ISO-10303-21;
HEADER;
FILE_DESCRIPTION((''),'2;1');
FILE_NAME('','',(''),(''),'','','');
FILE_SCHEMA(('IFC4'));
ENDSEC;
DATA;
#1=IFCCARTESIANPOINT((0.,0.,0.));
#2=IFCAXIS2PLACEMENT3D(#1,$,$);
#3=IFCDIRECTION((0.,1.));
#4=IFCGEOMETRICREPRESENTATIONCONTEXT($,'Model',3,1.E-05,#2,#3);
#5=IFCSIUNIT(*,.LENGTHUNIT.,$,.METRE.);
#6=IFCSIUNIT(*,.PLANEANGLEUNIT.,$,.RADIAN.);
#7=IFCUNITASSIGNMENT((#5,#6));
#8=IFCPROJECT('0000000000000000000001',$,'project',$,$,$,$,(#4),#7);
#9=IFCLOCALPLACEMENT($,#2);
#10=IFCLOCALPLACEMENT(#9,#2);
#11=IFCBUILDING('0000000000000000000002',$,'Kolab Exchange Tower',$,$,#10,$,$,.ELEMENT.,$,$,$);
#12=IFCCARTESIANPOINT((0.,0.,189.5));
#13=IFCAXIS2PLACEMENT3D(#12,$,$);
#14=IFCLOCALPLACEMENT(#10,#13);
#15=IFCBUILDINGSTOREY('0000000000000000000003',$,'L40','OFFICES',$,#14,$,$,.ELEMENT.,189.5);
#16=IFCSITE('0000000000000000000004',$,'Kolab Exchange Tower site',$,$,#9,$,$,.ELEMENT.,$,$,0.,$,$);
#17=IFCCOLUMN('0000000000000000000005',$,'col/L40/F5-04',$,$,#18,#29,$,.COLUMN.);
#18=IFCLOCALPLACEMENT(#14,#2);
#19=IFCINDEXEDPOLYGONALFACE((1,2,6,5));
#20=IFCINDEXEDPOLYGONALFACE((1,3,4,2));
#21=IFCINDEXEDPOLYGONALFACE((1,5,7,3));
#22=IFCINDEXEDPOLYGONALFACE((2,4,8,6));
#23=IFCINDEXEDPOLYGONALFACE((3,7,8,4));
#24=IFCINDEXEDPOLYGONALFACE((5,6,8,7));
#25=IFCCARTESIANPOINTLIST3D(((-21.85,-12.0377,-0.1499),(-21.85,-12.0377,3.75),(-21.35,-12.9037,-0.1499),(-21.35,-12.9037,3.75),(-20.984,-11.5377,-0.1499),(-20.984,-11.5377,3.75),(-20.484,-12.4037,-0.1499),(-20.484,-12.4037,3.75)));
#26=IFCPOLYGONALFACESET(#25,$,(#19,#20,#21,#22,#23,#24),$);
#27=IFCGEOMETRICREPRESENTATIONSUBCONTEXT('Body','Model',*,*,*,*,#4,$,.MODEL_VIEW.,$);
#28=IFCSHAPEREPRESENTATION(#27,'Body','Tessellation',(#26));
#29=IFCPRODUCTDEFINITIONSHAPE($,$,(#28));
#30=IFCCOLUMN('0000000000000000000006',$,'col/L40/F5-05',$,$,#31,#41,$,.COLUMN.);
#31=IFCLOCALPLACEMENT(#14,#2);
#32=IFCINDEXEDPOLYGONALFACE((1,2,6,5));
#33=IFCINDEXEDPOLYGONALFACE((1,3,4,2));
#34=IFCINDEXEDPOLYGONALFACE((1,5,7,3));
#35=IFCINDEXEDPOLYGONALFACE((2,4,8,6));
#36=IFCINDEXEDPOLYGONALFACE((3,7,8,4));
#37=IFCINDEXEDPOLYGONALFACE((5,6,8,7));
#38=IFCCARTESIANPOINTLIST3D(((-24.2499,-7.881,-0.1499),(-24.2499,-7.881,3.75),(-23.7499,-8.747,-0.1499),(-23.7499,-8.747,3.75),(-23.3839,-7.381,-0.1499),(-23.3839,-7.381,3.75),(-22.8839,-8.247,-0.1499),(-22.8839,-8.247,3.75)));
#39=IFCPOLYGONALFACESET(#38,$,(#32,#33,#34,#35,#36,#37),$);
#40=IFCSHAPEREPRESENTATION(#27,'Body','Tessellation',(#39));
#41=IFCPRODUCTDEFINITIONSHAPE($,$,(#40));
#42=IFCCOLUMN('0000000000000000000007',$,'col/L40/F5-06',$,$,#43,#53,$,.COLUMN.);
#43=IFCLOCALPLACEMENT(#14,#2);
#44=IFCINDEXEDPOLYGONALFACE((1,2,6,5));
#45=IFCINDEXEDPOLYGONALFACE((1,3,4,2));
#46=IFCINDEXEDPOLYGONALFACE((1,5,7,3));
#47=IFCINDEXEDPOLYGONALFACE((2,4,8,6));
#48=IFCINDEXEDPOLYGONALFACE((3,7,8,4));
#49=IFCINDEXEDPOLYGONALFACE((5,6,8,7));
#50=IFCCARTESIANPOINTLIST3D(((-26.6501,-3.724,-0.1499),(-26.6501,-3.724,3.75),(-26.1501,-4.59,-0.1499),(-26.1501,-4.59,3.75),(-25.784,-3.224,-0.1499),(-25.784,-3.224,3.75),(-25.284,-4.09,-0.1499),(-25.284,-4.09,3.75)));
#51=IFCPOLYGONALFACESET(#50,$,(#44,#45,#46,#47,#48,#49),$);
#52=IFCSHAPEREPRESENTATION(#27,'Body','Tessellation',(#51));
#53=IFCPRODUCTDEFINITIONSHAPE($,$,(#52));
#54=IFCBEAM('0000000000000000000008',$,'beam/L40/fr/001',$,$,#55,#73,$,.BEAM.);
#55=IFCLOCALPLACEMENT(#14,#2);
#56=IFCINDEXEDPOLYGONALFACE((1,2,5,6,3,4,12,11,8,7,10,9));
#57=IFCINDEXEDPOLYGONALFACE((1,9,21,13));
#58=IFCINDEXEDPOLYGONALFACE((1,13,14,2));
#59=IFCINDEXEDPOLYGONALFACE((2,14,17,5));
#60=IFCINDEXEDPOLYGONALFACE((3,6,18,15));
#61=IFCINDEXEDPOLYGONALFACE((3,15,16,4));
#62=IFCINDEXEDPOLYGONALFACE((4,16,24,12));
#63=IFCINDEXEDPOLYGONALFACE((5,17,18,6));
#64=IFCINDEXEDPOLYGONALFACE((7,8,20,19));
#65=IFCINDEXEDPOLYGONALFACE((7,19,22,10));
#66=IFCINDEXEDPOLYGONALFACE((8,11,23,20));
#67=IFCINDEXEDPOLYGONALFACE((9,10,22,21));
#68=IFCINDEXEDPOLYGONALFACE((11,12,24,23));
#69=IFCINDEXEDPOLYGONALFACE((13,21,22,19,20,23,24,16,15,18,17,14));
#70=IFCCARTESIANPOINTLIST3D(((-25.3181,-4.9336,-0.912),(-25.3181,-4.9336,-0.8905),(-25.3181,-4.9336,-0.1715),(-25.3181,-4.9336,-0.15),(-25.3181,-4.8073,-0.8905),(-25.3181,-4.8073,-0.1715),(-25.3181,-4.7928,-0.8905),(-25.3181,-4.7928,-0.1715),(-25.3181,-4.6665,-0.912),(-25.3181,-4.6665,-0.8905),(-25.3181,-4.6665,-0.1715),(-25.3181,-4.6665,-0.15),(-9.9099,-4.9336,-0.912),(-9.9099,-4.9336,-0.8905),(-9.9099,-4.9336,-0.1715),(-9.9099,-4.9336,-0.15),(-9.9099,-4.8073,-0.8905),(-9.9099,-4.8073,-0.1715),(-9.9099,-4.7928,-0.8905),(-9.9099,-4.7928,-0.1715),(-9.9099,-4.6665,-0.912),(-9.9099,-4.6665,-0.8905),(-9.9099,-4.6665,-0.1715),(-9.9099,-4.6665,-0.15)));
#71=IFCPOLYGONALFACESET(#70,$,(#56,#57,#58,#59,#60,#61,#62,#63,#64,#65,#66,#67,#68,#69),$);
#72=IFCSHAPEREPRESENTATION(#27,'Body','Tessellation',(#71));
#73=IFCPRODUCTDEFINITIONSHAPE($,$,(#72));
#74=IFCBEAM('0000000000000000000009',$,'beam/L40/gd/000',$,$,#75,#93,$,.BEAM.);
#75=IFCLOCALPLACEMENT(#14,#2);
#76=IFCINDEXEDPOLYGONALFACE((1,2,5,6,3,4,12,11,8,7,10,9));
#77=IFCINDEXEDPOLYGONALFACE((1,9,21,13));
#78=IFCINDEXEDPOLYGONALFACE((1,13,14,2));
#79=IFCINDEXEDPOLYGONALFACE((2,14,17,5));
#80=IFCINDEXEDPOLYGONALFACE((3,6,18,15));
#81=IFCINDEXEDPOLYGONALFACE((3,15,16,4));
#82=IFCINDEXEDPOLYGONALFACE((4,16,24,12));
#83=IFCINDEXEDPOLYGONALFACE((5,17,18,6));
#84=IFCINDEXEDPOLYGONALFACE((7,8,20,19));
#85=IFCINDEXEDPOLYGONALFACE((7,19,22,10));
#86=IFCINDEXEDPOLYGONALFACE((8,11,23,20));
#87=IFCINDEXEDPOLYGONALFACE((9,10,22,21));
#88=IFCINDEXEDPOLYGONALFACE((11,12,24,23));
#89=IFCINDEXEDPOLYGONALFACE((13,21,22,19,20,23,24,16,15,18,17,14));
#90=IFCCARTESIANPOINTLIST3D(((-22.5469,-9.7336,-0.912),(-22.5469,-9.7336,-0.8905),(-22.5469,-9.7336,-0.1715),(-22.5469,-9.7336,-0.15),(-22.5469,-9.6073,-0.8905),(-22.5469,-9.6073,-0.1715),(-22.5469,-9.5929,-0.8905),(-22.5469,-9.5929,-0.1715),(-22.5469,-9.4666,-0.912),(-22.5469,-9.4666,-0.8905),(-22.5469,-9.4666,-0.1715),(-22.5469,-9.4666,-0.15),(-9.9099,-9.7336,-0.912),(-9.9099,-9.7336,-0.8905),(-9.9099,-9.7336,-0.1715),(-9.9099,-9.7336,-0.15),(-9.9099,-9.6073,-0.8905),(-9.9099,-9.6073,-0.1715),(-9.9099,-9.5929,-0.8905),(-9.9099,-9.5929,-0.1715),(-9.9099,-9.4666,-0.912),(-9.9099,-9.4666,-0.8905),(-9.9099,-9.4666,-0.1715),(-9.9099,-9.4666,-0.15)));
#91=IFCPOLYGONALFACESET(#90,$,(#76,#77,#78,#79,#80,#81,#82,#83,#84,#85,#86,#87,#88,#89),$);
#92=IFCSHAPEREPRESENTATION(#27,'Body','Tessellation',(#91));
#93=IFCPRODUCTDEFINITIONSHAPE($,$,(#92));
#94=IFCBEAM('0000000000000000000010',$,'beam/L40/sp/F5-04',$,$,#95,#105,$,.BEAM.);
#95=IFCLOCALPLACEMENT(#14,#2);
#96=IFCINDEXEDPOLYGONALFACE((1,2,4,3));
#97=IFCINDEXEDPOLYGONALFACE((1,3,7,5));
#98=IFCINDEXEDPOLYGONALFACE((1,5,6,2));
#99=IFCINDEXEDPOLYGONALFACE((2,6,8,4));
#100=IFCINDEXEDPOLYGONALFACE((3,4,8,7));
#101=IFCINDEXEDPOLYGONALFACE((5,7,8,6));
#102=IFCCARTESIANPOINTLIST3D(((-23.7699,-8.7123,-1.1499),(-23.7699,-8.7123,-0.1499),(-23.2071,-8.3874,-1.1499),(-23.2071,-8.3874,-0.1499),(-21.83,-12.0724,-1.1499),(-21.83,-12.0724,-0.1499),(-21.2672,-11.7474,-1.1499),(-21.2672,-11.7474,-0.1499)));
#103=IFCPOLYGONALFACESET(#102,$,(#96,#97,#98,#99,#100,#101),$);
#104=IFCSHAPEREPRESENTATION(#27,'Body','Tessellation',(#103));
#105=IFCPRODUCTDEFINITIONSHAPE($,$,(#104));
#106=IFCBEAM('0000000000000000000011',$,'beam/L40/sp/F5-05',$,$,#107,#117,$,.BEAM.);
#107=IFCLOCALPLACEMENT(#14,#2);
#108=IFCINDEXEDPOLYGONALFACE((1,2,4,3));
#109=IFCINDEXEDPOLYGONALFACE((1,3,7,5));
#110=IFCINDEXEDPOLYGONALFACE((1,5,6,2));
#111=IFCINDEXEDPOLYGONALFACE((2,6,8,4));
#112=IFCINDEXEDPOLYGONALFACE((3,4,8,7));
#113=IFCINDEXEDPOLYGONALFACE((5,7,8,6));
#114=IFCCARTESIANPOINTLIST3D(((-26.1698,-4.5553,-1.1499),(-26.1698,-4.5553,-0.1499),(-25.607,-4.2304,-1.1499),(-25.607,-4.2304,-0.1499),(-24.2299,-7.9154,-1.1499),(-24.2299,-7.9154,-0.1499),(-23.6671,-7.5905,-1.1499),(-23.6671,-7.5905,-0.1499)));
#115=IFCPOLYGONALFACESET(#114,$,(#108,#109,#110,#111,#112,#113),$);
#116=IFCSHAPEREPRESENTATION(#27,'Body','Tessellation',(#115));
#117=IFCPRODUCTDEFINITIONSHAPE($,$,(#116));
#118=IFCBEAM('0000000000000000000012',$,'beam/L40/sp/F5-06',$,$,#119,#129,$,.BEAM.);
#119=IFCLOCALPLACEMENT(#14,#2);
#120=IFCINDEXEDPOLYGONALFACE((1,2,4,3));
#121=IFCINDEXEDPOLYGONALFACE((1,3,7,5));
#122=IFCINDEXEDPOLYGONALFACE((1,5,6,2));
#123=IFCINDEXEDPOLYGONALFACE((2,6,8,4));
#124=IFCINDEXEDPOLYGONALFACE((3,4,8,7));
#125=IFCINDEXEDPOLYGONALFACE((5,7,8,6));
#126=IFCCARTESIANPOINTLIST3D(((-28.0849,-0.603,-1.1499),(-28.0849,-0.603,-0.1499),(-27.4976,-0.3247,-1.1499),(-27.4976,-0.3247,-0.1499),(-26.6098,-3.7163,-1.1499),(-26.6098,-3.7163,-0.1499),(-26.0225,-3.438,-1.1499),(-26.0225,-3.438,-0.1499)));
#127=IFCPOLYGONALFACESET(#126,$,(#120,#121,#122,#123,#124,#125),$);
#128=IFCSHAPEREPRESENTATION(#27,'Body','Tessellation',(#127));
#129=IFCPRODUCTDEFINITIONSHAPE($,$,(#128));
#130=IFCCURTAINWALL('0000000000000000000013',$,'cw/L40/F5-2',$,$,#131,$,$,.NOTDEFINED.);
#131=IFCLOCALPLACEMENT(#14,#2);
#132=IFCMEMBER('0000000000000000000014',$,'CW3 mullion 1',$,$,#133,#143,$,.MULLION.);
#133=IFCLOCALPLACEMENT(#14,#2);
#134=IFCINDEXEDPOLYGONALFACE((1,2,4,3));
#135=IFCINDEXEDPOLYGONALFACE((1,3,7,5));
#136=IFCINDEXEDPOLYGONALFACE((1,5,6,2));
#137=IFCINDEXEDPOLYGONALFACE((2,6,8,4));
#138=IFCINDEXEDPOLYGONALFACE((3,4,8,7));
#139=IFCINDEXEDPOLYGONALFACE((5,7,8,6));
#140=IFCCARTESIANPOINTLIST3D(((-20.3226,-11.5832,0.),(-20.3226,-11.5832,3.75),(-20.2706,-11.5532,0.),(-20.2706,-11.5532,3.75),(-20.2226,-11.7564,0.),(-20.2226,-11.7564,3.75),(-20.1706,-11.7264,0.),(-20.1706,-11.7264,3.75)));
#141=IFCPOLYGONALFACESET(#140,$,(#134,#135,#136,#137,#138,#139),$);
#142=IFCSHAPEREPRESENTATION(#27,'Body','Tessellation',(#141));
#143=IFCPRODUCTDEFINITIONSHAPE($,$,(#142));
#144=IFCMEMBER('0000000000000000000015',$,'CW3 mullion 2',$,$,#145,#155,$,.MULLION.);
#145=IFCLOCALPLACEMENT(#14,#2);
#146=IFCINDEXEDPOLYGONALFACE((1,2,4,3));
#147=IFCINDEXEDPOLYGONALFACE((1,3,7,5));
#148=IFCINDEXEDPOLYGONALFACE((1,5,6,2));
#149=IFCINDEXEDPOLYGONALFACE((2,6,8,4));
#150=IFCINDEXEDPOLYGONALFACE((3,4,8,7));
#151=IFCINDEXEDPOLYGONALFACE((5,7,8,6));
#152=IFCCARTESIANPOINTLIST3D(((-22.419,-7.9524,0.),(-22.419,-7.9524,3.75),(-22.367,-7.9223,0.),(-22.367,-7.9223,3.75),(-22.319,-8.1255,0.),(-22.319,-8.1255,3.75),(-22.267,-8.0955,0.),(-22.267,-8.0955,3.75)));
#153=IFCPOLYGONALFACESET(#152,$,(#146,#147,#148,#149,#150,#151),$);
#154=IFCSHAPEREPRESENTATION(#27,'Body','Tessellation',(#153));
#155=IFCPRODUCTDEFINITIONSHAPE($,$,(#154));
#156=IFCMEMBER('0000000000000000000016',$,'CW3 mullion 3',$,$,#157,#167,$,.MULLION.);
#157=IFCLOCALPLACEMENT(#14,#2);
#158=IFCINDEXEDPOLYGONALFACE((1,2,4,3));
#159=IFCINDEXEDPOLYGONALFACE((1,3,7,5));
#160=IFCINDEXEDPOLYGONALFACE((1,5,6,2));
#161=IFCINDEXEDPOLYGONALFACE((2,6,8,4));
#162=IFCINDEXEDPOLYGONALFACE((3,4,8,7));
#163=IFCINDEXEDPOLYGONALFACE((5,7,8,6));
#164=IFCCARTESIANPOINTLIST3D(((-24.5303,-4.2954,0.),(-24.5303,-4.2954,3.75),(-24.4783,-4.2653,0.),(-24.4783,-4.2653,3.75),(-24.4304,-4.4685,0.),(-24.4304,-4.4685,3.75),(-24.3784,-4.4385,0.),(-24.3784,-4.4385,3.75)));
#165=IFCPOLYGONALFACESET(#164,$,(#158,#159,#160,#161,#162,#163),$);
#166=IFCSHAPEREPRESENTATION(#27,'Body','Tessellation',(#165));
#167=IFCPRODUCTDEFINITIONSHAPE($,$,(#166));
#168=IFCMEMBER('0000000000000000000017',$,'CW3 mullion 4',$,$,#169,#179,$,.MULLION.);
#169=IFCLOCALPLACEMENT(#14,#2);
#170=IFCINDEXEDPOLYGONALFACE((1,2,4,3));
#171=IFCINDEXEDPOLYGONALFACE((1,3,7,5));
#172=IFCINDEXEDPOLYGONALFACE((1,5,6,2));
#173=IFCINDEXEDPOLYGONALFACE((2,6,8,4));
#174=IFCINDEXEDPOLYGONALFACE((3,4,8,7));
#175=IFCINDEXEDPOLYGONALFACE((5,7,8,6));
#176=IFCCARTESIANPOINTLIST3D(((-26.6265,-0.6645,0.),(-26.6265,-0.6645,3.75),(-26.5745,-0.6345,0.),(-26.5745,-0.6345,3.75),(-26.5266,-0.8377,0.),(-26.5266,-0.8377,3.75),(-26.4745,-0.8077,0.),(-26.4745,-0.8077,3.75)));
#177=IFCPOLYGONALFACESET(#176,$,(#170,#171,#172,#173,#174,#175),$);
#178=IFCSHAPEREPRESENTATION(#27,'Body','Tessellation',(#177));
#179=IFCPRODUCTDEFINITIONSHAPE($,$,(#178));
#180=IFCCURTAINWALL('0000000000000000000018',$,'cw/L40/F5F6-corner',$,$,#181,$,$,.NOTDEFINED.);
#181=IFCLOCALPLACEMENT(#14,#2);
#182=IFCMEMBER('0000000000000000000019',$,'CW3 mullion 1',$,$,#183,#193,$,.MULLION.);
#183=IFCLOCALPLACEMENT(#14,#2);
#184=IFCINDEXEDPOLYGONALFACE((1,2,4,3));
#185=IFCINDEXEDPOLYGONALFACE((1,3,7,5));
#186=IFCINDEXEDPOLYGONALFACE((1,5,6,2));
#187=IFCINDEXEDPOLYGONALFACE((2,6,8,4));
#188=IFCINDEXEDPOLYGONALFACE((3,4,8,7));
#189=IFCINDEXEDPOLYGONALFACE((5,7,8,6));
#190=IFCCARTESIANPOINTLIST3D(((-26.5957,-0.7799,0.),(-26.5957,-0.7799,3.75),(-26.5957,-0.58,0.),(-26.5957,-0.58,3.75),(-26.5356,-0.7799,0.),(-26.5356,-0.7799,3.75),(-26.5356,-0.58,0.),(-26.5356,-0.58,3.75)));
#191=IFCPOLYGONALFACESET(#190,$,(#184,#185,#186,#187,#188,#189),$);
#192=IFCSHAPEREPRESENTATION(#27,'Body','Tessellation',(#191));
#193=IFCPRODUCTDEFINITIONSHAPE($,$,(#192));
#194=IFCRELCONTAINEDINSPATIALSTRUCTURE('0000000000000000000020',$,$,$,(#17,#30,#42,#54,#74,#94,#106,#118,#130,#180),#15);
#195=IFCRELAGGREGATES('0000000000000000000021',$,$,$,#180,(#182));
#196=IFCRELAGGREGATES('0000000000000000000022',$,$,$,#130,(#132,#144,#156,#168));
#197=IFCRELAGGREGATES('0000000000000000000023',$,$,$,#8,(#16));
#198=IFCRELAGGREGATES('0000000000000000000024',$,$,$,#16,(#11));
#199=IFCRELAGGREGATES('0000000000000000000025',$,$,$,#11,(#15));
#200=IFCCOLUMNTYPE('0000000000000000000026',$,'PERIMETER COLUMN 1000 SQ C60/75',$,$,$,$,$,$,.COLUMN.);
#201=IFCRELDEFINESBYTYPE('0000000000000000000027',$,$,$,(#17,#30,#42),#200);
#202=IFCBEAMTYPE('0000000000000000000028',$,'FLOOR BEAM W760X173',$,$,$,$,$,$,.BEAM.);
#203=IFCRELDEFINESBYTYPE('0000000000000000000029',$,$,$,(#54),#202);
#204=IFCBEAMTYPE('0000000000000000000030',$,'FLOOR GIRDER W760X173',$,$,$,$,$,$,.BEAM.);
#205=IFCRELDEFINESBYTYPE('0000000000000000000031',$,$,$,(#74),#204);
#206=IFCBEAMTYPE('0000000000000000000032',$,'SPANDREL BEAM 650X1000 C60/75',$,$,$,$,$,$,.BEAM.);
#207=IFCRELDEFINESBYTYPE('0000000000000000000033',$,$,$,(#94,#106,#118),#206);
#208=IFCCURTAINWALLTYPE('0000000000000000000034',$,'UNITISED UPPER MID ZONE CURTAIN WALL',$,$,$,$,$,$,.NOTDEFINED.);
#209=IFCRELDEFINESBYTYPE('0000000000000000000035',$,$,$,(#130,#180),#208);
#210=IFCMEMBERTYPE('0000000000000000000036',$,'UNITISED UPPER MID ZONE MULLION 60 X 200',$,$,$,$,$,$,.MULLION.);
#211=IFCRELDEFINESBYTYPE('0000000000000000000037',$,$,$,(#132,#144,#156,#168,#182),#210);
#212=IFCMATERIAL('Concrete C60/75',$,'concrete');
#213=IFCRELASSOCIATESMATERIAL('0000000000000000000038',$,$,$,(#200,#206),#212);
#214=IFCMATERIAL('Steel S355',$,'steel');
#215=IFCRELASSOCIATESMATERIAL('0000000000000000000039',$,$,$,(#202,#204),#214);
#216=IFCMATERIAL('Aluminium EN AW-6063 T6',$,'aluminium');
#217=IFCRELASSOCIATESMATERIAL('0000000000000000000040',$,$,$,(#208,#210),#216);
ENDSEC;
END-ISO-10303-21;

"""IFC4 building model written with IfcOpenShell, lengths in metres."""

from ifc_helpers import new_model, si_unit, direction, frame, origin, origin_2d, place, context, subcontext, project, spatial, rectangle, i_section, extrude, material, material_profile, profile_set, type_object, element, aggregate, save


model = new_model("IFC4")

# Units and contexts
model_context = context("Model", 3, precision=1e-05, world=origin(), true_north=direction((0.0, 1.0)))
body_context = subcontext(model_context, "Body", "Model", "MODEL_VIEW")
ifc_project = project(units=[si_unit("LENGTHUNIT", "METRE"), si_unit("PLANEANGLEUNIT", "RADIAN")], contexts=[model_context])

# Site, building, storey
site_placement = place(None, origin())
site = spatial("IfcSite", under=ifc_project, at=site_placement, Name="Kolab Exchange Tower site", CompositionType="ELEMENT", RefElevation=0.0)
building_placement = place(site_placement, origin())
building = spatial("IfcBuilding", under=site, at=building_placement, Name="Kolab Exchange Tower", CompositionType="ELEMENT")
storey_placement = place(building_placement, frame((0.0, 0.0, 189.5)))
storey = spatial("IfcBuildingStorey", under=building, at=storey_placement, Name="L40", Description="OFFICES", CompositionType="ELEMENT", Elevation=189.5)

# Columns
ifc_material_1 = material(Name="Concrete C60/75", Category="concrete")
ifc_material_profile_1 = material_profile(ifc_material_1, rectangle(XDim=1.0, YDim=1.0, at=origin_2d()), Name="RC1000")
ifc_profile_set_1 = profile_set([ifc_material_profile_1], Name="Concrete C60/75")
column_type = type_object("IfcColumnType", Name="PERIMETER COLUMN 1000 SQ C60/75", PredefinedType="COLUMN", material=ifc_profile_set_1)
for number, where, z_axis, x_axis, name in (
    (1, (-21.167, -12.2207, -0.1499), (0.0, 0.0, 1.0), (0.866025, 0.5, 0.0), "col/L40/F5-04"),
    (2, (-23.5669, -8.064, -0.1499), (0.0, 0.0, 1.0), (0.866025, 0.5, 0.0), "col/L40/F5-05"),
    (3, (-25.967, -3.907, -0.1499), (0.0, 0.0, 1.0), (0.866025, 0.5, 0.0), "col/L40/F5-06"),
):
    element("IfcColumn", number, at=place(storey_placement, frame(where, z_axis=z_axis, x_axis=x_axis)), inside=storey, type_object=column_type, Name=name, PredefinedType="COLUMN", context=body_context, shape_type="SweptSolid", body=[
        extrude(rectangle(XDim=1.0, YDim=1.0, at=origin_2d()), origin(), (0.0, 0.0, 1.0), 3.8999),
    ])

# Beams
ifc_material_2 = material(Name="Steel S355", Category="steel")
ifc_material_profile_2 = material_profile(ifc_material_2, i_section(OverallWidth=0.2671, OverallDepth=0.762, WebThickness=0.0144, FlangeThickness=0.0215, at=origin_2d()), Name="W760X173")
ifc_profile_set_2 = profile_set([ifc_material_profile_2], Name="Steel S355")
beam_type_1 = type_object("IfcBeamType", Name="FLOOR BEAM W760X173", PredefinedType="BEAM", material=ifc_profile_set_2)
beam_1_placement = place(storey_placement, frame((-25.3181, -4.8, -0.531), z_axis=(1.0, 0.0, 0.0), x_axis=(0.0, 1.0, 0.0)))
element("IfcBeam", 4, at=beam_1_placement, inside=storey, type_object=beam_type_1, Name="beam/L40/fr/001", PredefinedType="BEAM", context=body_context, shape_type="SweptSolid", body=[
    extrude(i_section(OverallWidth=0.2671, OverallDepth=0.762, WebThickness=0.0144, FlangeThickness=0.0215, at=origin_2d()), origin(), (0.0, 0.0, 1.0), 15.4082),
])
ifc_material_profile_3 = material_profile(ifc_material_2, i_section(OverallWidth=0.2671, OverallDepth=0.762, WebThickness=0.0144, FlangeThickness=0.0215, at=origin_2d()), Name="W760X173")
ifc_profile_set_3 = profile_set([ifc_material_profile_3], Name="Steel S355")
beam_type_2 = type_object("IfcBeamType", Name="FLOOR GIRDER W760X173", PredefinedType="BEAM", material=ifc_profile_set_3)
beam_2_placement = place(storey_placement, frame((-22.5469, -9.6001, -0.531), z_axis=(1.0, 0.0, 0.0), x_axis=(0.0, 1.0, 0.0)))
element("IfcBeam", 5, at=beam_2_placement, inside=storey, type_object=beam_type_2, Name="beam/L40/gd/000", PredefinedType="BEAM", context=body_context, shape_type="SweptSolid", body=[
    extrude(i_section(OverallWidth=0.2671, OverallDepth=0.762, WebThickness=0.0144, FlangeThickness=0.0215, at=origin_2d()), origin(), (0.0, 0.0, 1.0), 12.637),
])
ifc_material_profile_4 = material_profile(ifc_material_1, rectangle(XDim=0.6499, YDim=1.0, at=origin_2d()), Name="RC650X1000")
ifc_profile_set_4 = profile_set([ifc_material_profile_4], Name="Concrete C60/75")
beam_type_3 = type_object("IfcBeamType", Name="SPANDREL BEAM 650X1000 C60/75", PredefinedType="BEAM", material=ifc_profile_set_4)
for number, where, z_axis, x_axis, name in (
    (6, (-21.5486, -11.9099, -0.6499), (-0.499997, 0.866027, 0.0), (-0.866027, -0.499997, 0.0), "beam/L40/sp/F5-04"),
    (7, (-23.9485, -7.7529, -0.6499), (-0.499997, 0.866027, 0.0), (-0.866027, -0.499997, 0.0), "beam/L40/sp/F5-05"),
):
    element("IfcBeam", number, at=place(storey_placement, frame(where, z_axis=z_axis, x_axis=x_axis)), inside=storey, type_object=beam_type_3, Name=name, PredefinedType="BEAM", context=body_context, shape_type="SweptSolid", body=[
        extrude(rectangle(XDim=0.6499, YDim=1.0, at=origin_2d()), origin(), (0.0, 0.0, 1.0), 3.8799),
    ])
beam_3_placement = place(storey_placement, frame((-26.3162, -3.5771, -0.6499), z_axis=(-0.428178, 0.903695, 0.0), x_axis=(-0.903695, -0.428178, 0.0)))
element("IfcBeam", 8, at=beam_3_placement, inside=storey, type_object=beam_type_3, Name="beam/L40/sp/F5-06", PredefinedType="BEAM", context=body_context, shape_type="SweptSolid", body=[
    extrude(rectangle(XDim=0.6499, YDim=1.0, at=origin_2d()), origin(), (0.0, 0.0, 1.0), 3.4451),
])

# Curtain wall, members
ifc_material_3 = material(Name="Aluminium EN AW-6063 T6", Category="aluminium")
curtain_wall_type = type_object("IfcCurtainWallType", Name="UNITISED UPPER MID ZONE CURTAIN WALL", PredefinedType="NOTDEFINED", material=ifc_material_3)
curtain_wall_1_placement = place(storey_placement, origin())
curtain_wall_1 = element("IfcCurtainWall", 9, at=curtain_wall_1_placement, inside=storey, type_object=curtain_wall_type, Name="cw/L40/F5-2", PredefinedType="NOTDEFINED")
ifc_material_profile_5 = material_profile(ifc_material_3, rectangle(XDim=0.0601, YDim=0.2, at=origin_2d()), Name="RECT 60X200")
ifc_profile_set_5 = profile_set([ifc_material_profile_5], Name="Aluminium EN AW-6063 T6")
member_type_1 = type_object("IfcMemberType", Name="UNITISED UPPER MID ZONE MULLION 60 X 200", PredefinedType="MULLION", material=ifc_profile_set_5)
member_1_placement = place(storey_placement, frame((-20.2466, -11.6548, 0.0), z_axis=(0.0, 0.0, 1.0), x_axis=(-0.866025, -0.5, 0.0)))
member_1 = element("IfcMember", 10, at=member_1_placement, type_object=member_type_1, Name="CW3 mullion 1", PredefinedType="MULLION", context=body_context, shape_type="SweptSolid", body=[
    extrude(rectangle(XDim=0.0601, YDim=0.2, at=origin_2d()), origin(), (0.0, 0.0, 1.0), 3.75),
])
member_2_placement = place(storey_placement, frame((-22.343, -8.0239, 0.0), z_axis=(0.0, 0.0, 1.0), x_axis=(-0.866025, -0.5, 0.0)))
member_2 = element("IfcMember", 11, at=member_2_placement, type_object=member_type_1, Name="CW3 mullion 2", PredefinedType="MULLION", context=body_context, shape_type="SweptSolid", body=[
    extrude(rectangle(XDim=0.0601, YDim=0.2, at=origin_2d()), origin(), (0.0, 0.0, 1.0), 3.75),
])
member_3_placement = place(storey_placement, frame((-24.4543, -4.3669, 0.0), z_axis=(0.0, 0.0, 1.0), x_axis=(-0.866025, -0.5, 0.0)))
member_3 = element("IfcMember", 12, at=member_3_placement, type_object=member_type_1, Name="CW3 mullion 3", PredefinedType="MULLION", context=body_context, shape_type="SweptSolid", body=[
    extrude(rectangle(XDim=0.0601, YDim=0.2, at=origin_2d()), origin(), (0.0, 0.0, 1.0), 3.75),
])
member_4_placement = place(storey_placement, frame((-26.5505, -0.7361, 0.0), z_axis=(0.0, 0.0, 1.0), x_axis=(-0.866025, -0.5, 0.0)))
member_4 = element("IfcMember", 13, at=member_4_placement, type_object=member_type_1, Name="CW3 mullion 4", PredefinedType="MULLION", context=body_context, shape_type="SweptSolid", body=[
    extrude(rectangle(XDim=0.0601, YDim=0.2, at=origin_2d()), origin(), (0.0, 0.0, 1.0), 3.75),
])

# Curtain wall, member
curtain_wall_2_placement = place(storey_placement, origin())
curtain_wall_2 = element("IfcCurtainWall", 14, at=curtain_wall_2_placement, inside=storey, type_object=curtain_wall_type, Name="cw/L40/F5F6-corner", PredefinedType="NOTDEFINED")
member_5_placement = place(storey_placement, frame((-26.5657, -0.6799, 0.0), z_axis=(0.0, 0.0, 1.0), x_axis=(-1.0, 0.0, 0.0)))
member_5 = element("IfcMember", 15, at=member_5_placement, type_object=member_type_1, Name="CW3 mullion 1", PredefinedType="MULLION", context=body_context, shape_type="SweptSolid", body=[
    extrude(rectangle(XDim=0.0601, YDim=0.2, at=origin_2d()), origin(), (0.0, 0.0, 1.0), 3.75),
])

aggregate(curtain_wall_2, [member_5])

aggregate(curtain_wall_1, [member_1, member_2, member_3, member_4])

save(model, "model.ifc")
